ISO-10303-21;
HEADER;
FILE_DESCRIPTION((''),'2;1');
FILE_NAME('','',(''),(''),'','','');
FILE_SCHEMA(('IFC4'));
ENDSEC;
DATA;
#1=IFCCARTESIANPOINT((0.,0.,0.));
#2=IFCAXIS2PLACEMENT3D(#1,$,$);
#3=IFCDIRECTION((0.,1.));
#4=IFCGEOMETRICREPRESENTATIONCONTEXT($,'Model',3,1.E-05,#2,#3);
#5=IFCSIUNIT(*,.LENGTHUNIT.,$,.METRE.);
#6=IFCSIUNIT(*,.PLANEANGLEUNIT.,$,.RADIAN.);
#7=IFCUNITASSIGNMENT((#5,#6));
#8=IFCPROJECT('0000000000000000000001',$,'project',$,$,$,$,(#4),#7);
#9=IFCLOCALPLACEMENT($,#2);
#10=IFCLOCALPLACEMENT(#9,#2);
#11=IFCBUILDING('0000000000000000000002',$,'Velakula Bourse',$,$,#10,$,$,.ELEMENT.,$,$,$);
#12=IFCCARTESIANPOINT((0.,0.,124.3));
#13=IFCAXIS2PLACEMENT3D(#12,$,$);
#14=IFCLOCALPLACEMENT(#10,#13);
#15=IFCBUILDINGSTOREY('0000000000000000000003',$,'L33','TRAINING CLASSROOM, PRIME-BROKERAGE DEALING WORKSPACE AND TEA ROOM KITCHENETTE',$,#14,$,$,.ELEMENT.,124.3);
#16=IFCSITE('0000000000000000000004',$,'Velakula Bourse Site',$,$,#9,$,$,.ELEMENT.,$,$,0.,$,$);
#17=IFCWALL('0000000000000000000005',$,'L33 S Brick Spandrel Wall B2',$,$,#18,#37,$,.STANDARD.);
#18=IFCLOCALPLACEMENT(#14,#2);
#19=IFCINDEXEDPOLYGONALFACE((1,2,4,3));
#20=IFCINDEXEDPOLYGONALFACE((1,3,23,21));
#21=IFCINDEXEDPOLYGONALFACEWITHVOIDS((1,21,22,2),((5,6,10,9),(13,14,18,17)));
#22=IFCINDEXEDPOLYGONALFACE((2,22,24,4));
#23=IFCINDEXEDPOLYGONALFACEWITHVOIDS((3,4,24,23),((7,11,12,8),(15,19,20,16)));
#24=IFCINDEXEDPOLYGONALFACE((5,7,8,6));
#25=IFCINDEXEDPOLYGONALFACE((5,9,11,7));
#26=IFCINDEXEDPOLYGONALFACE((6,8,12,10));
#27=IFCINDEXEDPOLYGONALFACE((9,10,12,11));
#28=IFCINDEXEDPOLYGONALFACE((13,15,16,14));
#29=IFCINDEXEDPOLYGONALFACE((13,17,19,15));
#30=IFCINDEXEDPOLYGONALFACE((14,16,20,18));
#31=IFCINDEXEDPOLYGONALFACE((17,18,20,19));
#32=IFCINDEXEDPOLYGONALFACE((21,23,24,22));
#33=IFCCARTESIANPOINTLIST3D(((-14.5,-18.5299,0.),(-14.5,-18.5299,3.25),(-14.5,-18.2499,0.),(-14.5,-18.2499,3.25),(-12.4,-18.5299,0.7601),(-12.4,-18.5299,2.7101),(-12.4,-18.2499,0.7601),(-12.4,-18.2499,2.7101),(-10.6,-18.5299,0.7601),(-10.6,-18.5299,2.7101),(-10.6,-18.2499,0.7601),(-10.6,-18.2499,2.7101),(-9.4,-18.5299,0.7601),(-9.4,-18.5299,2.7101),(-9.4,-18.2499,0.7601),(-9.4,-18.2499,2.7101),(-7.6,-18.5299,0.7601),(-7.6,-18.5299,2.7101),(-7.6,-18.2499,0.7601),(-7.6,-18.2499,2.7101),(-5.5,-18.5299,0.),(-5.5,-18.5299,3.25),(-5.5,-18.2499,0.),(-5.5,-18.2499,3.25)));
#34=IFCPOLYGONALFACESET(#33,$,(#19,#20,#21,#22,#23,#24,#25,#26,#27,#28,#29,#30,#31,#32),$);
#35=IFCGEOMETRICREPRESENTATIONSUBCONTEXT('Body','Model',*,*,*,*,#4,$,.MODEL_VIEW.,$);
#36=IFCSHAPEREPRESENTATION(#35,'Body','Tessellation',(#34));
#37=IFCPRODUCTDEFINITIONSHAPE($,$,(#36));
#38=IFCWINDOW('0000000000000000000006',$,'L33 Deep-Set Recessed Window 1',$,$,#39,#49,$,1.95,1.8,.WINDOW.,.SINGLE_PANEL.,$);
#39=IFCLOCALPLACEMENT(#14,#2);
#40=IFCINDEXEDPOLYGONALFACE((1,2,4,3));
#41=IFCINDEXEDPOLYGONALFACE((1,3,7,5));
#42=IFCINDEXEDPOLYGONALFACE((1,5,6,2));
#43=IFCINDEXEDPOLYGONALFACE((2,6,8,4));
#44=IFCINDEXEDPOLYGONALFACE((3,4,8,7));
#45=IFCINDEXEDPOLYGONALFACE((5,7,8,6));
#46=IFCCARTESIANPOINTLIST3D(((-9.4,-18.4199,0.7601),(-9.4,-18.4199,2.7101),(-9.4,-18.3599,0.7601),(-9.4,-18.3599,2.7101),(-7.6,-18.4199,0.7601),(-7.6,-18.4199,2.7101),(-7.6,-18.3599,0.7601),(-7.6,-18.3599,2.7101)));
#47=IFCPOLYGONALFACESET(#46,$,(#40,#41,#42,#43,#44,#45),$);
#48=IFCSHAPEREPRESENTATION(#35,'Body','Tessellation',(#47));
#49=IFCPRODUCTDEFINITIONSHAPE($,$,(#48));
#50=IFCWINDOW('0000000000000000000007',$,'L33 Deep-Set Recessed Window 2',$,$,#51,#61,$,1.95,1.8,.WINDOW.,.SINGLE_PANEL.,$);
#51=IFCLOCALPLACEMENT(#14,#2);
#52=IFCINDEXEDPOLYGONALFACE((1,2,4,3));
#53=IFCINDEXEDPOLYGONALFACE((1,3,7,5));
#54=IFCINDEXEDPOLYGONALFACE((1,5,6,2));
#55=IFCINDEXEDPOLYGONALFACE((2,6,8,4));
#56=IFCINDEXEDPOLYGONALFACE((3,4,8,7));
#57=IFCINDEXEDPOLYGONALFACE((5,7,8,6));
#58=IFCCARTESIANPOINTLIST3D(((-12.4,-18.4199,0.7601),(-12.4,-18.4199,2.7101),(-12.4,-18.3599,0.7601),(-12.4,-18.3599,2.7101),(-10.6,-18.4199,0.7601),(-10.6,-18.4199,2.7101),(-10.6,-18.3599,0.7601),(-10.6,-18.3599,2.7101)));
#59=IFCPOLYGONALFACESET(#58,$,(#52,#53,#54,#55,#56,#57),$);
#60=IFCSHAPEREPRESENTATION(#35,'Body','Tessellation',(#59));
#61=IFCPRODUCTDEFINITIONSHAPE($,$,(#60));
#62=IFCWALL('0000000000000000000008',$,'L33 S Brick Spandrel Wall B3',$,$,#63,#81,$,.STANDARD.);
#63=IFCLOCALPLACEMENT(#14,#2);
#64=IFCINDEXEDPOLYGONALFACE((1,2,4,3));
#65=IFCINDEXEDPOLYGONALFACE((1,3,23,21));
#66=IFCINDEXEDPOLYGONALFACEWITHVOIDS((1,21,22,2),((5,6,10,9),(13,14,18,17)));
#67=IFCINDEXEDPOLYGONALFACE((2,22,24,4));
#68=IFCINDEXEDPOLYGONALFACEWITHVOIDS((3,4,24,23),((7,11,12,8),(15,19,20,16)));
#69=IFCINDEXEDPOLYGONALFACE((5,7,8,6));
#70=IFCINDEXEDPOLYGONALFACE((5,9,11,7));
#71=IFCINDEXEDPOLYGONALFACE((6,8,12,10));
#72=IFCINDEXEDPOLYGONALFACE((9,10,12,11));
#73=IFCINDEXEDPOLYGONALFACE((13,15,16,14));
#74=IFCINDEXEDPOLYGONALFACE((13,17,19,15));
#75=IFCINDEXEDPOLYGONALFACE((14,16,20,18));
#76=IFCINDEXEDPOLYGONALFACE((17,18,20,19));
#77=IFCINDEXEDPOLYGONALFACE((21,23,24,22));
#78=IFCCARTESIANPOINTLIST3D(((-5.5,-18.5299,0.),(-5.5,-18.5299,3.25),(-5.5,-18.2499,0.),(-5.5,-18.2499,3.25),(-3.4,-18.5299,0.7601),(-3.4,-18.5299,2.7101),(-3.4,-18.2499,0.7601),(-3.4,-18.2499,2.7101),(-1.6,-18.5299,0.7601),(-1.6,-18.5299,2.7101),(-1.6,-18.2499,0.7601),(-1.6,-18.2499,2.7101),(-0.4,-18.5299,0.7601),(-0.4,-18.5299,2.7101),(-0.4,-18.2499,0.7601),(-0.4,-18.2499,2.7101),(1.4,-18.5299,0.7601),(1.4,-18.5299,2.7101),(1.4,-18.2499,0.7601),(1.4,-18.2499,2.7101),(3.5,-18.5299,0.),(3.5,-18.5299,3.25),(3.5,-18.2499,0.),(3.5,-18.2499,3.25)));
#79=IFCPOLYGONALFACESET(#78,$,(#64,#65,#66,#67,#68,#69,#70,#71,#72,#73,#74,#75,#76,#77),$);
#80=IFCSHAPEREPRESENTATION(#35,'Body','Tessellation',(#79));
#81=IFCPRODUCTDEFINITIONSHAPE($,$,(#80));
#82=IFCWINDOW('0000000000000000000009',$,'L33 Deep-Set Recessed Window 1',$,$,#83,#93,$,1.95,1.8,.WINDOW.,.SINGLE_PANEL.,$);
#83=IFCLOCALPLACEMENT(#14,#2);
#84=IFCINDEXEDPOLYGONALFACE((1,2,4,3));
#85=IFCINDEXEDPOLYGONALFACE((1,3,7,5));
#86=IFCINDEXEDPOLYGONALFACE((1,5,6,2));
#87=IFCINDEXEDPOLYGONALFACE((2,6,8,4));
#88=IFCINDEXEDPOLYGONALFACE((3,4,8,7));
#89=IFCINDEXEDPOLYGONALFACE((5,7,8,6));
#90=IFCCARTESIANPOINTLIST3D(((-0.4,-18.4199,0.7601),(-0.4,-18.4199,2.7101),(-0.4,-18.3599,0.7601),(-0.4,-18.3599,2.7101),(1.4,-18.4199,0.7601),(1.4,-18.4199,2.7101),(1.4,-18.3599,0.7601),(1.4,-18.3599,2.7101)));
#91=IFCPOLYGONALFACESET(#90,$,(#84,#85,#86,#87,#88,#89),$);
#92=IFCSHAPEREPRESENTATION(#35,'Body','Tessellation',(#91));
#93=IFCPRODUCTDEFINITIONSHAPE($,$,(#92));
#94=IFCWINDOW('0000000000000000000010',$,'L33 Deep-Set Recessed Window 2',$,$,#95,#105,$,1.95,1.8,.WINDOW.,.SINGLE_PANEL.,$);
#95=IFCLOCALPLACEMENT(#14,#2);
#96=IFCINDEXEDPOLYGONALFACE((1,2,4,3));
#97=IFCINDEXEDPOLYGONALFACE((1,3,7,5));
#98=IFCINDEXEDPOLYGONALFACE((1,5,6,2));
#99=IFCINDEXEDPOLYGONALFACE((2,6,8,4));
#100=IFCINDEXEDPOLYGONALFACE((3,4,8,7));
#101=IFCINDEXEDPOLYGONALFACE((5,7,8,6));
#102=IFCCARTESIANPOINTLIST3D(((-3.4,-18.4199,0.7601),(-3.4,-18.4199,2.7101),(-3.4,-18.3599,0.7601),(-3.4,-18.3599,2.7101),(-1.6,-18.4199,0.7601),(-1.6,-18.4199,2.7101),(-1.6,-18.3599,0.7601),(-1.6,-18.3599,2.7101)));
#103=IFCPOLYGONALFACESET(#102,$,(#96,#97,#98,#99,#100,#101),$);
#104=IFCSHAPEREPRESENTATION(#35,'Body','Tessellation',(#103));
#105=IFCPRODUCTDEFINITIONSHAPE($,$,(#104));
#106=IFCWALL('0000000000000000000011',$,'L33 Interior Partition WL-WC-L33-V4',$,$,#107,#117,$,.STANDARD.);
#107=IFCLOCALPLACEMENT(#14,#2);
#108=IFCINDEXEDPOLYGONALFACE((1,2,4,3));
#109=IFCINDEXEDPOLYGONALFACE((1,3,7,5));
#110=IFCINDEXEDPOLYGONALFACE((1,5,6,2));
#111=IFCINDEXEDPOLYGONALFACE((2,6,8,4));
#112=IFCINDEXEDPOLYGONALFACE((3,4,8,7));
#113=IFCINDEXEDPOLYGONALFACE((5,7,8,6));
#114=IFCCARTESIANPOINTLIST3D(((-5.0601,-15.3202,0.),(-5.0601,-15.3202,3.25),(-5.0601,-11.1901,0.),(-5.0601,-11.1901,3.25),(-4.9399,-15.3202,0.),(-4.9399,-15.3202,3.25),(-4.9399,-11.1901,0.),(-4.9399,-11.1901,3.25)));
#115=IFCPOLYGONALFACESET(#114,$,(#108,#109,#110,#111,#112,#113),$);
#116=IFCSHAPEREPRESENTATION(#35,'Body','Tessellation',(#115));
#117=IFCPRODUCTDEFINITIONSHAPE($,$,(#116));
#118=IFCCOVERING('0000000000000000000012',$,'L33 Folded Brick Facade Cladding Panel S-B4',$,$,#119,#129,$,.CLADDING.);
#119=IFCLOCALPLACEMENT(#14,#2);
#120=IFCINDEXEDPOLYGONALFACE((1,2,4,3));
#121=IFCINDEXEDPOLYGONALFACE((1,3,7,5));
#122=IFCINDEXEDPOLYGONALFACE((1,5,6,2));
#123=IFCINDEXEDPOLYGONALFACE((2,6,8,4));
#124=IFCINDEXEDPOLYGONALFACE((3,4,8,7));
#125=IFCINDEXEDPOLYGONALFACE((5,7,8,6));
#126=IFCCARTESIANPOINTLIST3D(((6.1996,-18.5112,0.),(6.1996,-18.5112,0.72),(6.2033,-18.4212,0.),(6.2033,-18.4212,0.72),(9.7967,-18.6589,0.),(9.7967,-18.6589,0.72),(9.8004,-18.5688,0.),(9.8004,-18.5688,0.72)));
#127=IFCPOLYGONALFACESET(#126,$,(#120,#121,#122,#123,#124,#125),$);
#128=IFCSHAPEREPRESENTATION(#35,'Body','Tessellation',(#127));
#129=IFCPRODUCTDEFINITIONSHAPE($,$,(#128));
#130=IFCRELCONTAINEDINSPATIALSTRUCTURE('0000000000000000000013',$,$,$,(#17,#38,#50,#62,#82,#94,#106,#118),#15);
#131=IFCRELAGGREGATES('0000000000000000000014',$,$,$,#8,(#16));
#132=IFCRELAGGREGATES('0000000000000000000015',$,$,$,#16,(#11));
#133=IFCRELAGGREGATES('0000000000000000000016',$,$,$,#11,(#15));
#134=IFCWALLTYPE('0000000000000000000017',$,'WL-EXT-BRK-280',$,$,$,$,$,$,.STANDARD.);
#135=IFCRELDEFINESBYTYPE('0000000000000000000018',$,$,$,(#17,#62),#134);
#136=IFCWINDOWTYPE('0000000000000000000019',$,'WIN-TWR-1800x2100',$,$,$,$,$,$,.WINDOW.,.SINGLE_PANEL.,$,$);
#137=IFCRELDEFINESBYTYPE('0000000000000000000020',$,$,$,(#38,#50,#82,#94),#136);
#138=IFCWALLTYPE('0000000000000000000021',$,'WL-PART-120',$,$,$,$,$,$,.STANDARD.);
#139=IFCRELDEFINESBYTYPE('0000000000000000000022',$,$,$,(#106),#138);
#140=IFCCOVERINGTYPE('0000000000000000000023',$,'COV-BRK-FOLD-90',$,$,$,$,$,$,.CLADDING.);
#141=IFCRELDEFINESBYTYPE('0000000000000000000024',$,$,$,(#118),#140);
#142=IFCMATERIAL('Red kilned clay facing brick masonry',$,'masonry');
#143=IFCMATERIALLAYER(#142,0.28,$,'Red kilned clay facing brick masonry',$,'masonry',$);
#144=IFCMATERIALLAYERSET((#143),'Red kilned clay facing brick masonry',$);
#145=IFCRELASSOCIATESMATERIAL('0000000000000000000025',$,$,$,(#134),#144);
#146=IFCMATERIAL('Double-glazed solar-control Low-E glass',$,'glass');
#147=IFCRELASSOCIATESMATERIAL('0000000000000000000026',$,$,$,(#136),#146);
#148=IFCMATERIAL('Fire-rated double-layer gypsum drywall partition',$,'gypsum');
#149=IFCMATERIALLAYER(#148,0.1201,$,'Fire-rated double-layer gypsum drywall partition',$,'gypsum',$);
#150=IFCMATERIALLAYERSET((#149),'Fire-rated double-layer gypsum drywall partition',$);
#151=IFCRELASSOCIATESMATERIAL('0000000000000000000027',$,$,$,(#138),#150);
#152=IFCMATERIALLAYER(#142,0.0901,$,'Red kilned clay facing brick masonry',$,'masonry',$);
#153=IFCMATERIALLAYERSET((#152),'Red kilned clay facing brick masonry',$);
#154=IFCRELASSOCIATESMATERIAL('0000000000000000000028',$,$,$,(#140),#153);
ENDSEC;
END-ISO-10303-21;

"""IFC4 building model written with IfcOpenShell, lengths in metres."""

from ifc_helpers import new_model, si_unit, direction, frame, frame_2d, origin, origin_2d, place, context, subcontext, project, spatial, rectangle, extrude, material, layer, layer_set, type_object, element, fill, save


model = new_model("IFC4")

# Units and contexts
model_context = context("Model", 3, precision=1e-05, world=origin(), true_north=direction((0.0, 1.0)))
body_context = subcontext(model_context, "Body", "Model", "MODEL_VIEW")
ifc_project = project(units=[si_unit("LENGTHUNIT", "METRE"), si_unit("PLANEANGLEUNIT", "RADIAN")], contexts=[model_context])

# Site, building, storey
site_placement = place(None, origin())
site = spatial("IfcSite", under=ifc_project, at=site_placement, Name="Velakula Bourse Site", CompositionType="ELEMENT", RefElevation=0.0)
building_placement = place(site_placement, origin())
building = spatial("IfcBuilding", under=site, at=building_placement, Name="Velakula Bourse", CompositionType="ELEMENT")
storey_placement = place(building_placement, frame((0.0, 0.0, 124.3)))
storey = spatial("IfcBuildingStorey", under=building, at=storey_placement, Name="L33", Description="TRAINING CLASSROOM, PRIME-BROKERAGE DEALING WORKSPACE AND TEA ROOM KITCHENETTE", CompositionType="ELEMENT", Elevation=124.3)

# Walls, openings, windows
ifc_material_1 = material(Name="Red kilned clay facing brick masonry", Category="masonry")
ifc_layer_1 = layer(ifc_material_1, 0.28, Name="Red kilned clay facing brick masonry", Category="masonry")
ifc_layer_set_1 = layer_set([ifc_layer_1], Name="Red kilned clay facing brick masonry")
wall_type_1 = type_object("IfcWallType", Name="WL-EXT-BRK-280", PredefinedType="STANDARD", material=ifc_layer_set_1)
wall_1_placement = place(storey_placement, frame((-5.5, -18.3899, 0.0), z_axis=(0.0, 0.0, 1.0), x_axis=(-1.0, 0.0, 0.0)))
wall_1 = element("IfcWall", 1, at=wall_1_placement, inside=storey, type_object=wall_type_1, Name="L33 S Brick Spandrel Wall B2", PredefinedType="STANDARD", context=body_context, shape_type="SweptSolid", body=[
    extrude(rectangle(XDim=9.0, YDim=0.28, at=frame_2d((4.5, 0.0))), origin(), (0.0, 0.0, 1.0), 3.25),
])
opening_1_placement = place(wall_1_placement, frame((2.1001, 0.0, 0.76)))
opening_1 = element("IfcOpeningElement", 2, at=opening_1_placement, cuts=wall_1, PredefinedType="OPENING", context=body_context, shape_type="SweptSolid", body=[
    extrude(rectangle(XDim=1.8, YDim=1.95, at=frame_2d((0.8999, 0.9751))), frame((0.0, 0.1499, 0.0), z_axis=(0.0, -1.0, 0.0), x_axis=(1.0, 0.0, 0.0)), (0.0, 0.0, 1.0), 0.3),
])
opening_2_placement = place(wall_1_placement, frame((5.1001, 0.0, 0.76)))
opening_2 = element("IfcOpeningElement", 3, at=opening_2_placement, cuts=wall_1, PredefinedType="OPENING", context=body_context, shape_type="SweptSolid", body=[
    extrude(rectangle(XDim=1.8, YDim=1.95, at=frame_2d((0.8999, 0.9751))), frame((0.0, 0.1499, 0.0), z_axis=(0.0, -1.0, 0.0), x_axis=(1.0, 0.0, 0.0)), (0.0, 0.0, 1.0), 0.3),
])
ifc_material_2 = material(Name="Double-glazed solar-control Low-E glass", Category="glass")
window_type = type_object("IfcWindowType", Name="WIN-TWR-1800x2100", PartitioningType="SINGLE_PANEL", PredefinedType="WINDOW", material=ifc_material_2)
window_1_placement = place(opening_1_placement, origin())
window_1 = element("IfcWindow", 4, at=window_1_placement, inside=storey, type_object=window_type, Name="L33 Deep-Set Recessed Window 1", OverallHeight=1.95, OverallWidth=1.8, PartitioningType="SINGLE_PANEL", PredefinedType="WINDOW", context=body_context, shape_type="SweptSolid", body=[
    extrude(rectangle(XDim=1.8, YDim=1.95, at=frame_2d((0.8999, 0.9751))), frame((0.0, 0.03, 0.0), z_axis=(0.0, -1.0, 0.0), x_axis=(1.0, 0.0, 0.0)), (0.0, 0.0, 1.0), 0.0601),
])
fill(opening_1, window_1)
window_2_placement = place(opening_2_placement, origin())
window_2 = element("IfcWindow", 5, at=window_2_placement, inside=storey, type_object=window_type, Name="L33 Deep-Set Recessed Window 2", OverallHeight=1.95, OverallWidth=1.8, PartitioningType="SINGLE_PANEL", PredefinedType="WINDOW", context=body_context, shape_type="SweptSolid", body=[
    extrude(rectangle(XDim=1.8, YDim=1.95, at=frame_2d((0.8999, 0.9751))), frame((0.0, 0.03, 0.0), z_axis=(0.0, -1.0, 0.0), x_axis=(1.0, 0.0, 0.0)), (0.0, 0.0, 1.0), 0.0601),
])
fill(opening_2, window_2)
wall_2_placement = place(storey_placement, frame((3.5, -18.3899, 0.0), z_axis=(0.0, 0.0, 1.0), x_axis=(-1.0, 0.0, 0.0)))
wall_2 = element("IfcWall", 6, at=wall_2_placement, inside=storey, type_object=wall_type_1, Name="L33 S Brick Spandrel Wall B3", PredefinedType="STANDARD", context=body_context, shape_type="SweptSolid", body=[
    extrude(rectangle(XDim=9.0, YDim=0.28, at=frame_2d((4.5, 0.0))), origin(), (0.0, 0.0, 1.0), 3.25),
])
opening_3_placement = place(wall_2_placement, frame((2.1001, 0.0, 0.76)))
opening_3 = element("IfcOpeningElement", 7, at=opening_3_placement, cuts=wall_2, PredefinedType="OPENING", context=body_context, shape_type="SweptSolid", body=[
    extrude(rectangle(XDim=1.8, YDim=1.95, at=frame_2d((0.8999, 0.9751))), frame((0.0, 0.1499, 0.0), z_axis=(0.0, -1.0, 0.0), x_axis=(1.0, 0.0, 0.0)), (0.0, 0.0, 1.0), 0.3),
])
opening_4_placement = place(wall_2_placement, frame((5.1001, 0.0, 0.76)))
opening_4 = element("IfcOpeningElement", 8, at=opening_4_placement, cuts=wall_2, PredefinedType="OPENING", context=body_context, shape_type="SweptSolid", body=[
    extrude(rectangle(XDim=1.8, YDim=1.95, at=frame_2d((0.8999, 0.9751))), frame((0.0, 0.1499, 0.0), z_axis=(0.0, -1.0, 0.0), x_axis=(1.0, 0.0, 0.0)), (0.0, 0.0, 1.0), 0.3),
])
window_3_placement = place(opening_3_placement, origin())
window_3 = element("IfcWindow", 9, at=window_3_placement, inside=storey, type_object=window_type, Name="L33 Deep-Set Recessed Window 1", OverallHeight=1.95, OverallWidth=1.8, PartitioningType="SINGLE_PANEL", PredefinedType="WINDOW", context=body_context, shape_type="SweptSolid", body=[
    extrude(rectangle(XDim=1.8, YDim=1.95, at=frame_2d((0.8999, 0.9751))), frame((0.0, 0.03, 0.0), z_axis=(0.0, -1.0, 0.0), x_axis=(1.0, 0.0, 0.0)), (0.0, 0.0, 1.0), 0.0601),
])
fill(opening_3, window_3)
window_4_placement = place(opening_4_placement, origin())
window_4 = element("IfcWindow", 10, at=window_4_placement, inside=storey, type_object=window_type, Name="L33 Deep-Set Recessed Window 2", OverallHeight=1.95, OverallWidth=1.8, PartitioningType="SINGLE_PANEL", PredefinedType="WINDOW", context=body_context, shape_type="SweptSolid", body=[
    extrude(rectangle(XDim=1.8, YDim=1.95, at=frame_2d((0.8999, 0.9751))), frame((0.0, 0.03, 0.0), z_axis=(0.0, -1.0, 0.0), x_axis=(1.0, 0.0, 0.0)), (0.0, 0.0, 1.0), 0.0601),
])
fill(opening_4, window_4)

# Wall
ifc_material_3 = material(Name="Fire-rated double-layer gypsum drywall partition", Category="gypsum")
ifc_layer_2 = layer(ifc_material_3, 0.1201, Name="Fire-rated double-layer gypsum drywall partition", Category="gypsum")
ifc_layer_set_2 = layer_set([ifc_layer_2], Name="Fire-rated double-layer gypsum drywall partition")
wall_type_2 = type_object("IfcWallType", Name="WL-PART-120", PredefinedType="STANDARD", material=ifc_layer_set_2)
wall_3_placement = place(storey_placement, frame((-5.0, -15.3201, 0.0), z_axis=(0.0, 0.0, 1.0), x_axis=(0.0, 1.0, 0.0)))
element("IfcWall", 11, at=wall_3_placement, inside=storey, type_object=wall_type_2, Name="L33 Interior Partition WL-WC-L33-V4", PredefinedType="STANDARD", context=body_context, shape_type="SweptSolid", body=[
    extrude(rectangle(XDim=4.1301, YDim=0.1201, at=frame_2d((2.0649, 0.0))), origin(), (0.0, 0.0, 1.0), 3.25),
])

# Covering
ifc_layer_3 = layer(ifc_material_1, 0.0901, Name="Red kilned clay facing brick masonry", Category="masonry")
ifc_layer_set_3 = layer_set([ifc_layer_3], Name="Red kilned clay facing brick masonry")
covering_type = type_object("IfcCoveringType", Name="COV-BRK-FOLD-90", PredefinedType="CLADDING", material=ifc_layer_set_3)
covering_placement = place(storey_placement, frame((8.0, -18.54, 0.0), z_axis=(0.0, 0.0, 1.0), x_axis=(0.999159, -0.041004, 0.0)))
element("IfcCovering", 12, at=covering_placement, inside=storey, type_object=covering_type, Name="L33 Folded Brick Facade Cladding Panel S-B4", PredefinedType="CLADDING", context=body_context, shape_type="SweptSolid", body=[
    extrude(rectangle(XDim=3.6001, YDim=0.0901, at=origin_2d()), origin(), (0.0, 0.0, 1.0), 0.72),
])

save(model, "model.ifc")
